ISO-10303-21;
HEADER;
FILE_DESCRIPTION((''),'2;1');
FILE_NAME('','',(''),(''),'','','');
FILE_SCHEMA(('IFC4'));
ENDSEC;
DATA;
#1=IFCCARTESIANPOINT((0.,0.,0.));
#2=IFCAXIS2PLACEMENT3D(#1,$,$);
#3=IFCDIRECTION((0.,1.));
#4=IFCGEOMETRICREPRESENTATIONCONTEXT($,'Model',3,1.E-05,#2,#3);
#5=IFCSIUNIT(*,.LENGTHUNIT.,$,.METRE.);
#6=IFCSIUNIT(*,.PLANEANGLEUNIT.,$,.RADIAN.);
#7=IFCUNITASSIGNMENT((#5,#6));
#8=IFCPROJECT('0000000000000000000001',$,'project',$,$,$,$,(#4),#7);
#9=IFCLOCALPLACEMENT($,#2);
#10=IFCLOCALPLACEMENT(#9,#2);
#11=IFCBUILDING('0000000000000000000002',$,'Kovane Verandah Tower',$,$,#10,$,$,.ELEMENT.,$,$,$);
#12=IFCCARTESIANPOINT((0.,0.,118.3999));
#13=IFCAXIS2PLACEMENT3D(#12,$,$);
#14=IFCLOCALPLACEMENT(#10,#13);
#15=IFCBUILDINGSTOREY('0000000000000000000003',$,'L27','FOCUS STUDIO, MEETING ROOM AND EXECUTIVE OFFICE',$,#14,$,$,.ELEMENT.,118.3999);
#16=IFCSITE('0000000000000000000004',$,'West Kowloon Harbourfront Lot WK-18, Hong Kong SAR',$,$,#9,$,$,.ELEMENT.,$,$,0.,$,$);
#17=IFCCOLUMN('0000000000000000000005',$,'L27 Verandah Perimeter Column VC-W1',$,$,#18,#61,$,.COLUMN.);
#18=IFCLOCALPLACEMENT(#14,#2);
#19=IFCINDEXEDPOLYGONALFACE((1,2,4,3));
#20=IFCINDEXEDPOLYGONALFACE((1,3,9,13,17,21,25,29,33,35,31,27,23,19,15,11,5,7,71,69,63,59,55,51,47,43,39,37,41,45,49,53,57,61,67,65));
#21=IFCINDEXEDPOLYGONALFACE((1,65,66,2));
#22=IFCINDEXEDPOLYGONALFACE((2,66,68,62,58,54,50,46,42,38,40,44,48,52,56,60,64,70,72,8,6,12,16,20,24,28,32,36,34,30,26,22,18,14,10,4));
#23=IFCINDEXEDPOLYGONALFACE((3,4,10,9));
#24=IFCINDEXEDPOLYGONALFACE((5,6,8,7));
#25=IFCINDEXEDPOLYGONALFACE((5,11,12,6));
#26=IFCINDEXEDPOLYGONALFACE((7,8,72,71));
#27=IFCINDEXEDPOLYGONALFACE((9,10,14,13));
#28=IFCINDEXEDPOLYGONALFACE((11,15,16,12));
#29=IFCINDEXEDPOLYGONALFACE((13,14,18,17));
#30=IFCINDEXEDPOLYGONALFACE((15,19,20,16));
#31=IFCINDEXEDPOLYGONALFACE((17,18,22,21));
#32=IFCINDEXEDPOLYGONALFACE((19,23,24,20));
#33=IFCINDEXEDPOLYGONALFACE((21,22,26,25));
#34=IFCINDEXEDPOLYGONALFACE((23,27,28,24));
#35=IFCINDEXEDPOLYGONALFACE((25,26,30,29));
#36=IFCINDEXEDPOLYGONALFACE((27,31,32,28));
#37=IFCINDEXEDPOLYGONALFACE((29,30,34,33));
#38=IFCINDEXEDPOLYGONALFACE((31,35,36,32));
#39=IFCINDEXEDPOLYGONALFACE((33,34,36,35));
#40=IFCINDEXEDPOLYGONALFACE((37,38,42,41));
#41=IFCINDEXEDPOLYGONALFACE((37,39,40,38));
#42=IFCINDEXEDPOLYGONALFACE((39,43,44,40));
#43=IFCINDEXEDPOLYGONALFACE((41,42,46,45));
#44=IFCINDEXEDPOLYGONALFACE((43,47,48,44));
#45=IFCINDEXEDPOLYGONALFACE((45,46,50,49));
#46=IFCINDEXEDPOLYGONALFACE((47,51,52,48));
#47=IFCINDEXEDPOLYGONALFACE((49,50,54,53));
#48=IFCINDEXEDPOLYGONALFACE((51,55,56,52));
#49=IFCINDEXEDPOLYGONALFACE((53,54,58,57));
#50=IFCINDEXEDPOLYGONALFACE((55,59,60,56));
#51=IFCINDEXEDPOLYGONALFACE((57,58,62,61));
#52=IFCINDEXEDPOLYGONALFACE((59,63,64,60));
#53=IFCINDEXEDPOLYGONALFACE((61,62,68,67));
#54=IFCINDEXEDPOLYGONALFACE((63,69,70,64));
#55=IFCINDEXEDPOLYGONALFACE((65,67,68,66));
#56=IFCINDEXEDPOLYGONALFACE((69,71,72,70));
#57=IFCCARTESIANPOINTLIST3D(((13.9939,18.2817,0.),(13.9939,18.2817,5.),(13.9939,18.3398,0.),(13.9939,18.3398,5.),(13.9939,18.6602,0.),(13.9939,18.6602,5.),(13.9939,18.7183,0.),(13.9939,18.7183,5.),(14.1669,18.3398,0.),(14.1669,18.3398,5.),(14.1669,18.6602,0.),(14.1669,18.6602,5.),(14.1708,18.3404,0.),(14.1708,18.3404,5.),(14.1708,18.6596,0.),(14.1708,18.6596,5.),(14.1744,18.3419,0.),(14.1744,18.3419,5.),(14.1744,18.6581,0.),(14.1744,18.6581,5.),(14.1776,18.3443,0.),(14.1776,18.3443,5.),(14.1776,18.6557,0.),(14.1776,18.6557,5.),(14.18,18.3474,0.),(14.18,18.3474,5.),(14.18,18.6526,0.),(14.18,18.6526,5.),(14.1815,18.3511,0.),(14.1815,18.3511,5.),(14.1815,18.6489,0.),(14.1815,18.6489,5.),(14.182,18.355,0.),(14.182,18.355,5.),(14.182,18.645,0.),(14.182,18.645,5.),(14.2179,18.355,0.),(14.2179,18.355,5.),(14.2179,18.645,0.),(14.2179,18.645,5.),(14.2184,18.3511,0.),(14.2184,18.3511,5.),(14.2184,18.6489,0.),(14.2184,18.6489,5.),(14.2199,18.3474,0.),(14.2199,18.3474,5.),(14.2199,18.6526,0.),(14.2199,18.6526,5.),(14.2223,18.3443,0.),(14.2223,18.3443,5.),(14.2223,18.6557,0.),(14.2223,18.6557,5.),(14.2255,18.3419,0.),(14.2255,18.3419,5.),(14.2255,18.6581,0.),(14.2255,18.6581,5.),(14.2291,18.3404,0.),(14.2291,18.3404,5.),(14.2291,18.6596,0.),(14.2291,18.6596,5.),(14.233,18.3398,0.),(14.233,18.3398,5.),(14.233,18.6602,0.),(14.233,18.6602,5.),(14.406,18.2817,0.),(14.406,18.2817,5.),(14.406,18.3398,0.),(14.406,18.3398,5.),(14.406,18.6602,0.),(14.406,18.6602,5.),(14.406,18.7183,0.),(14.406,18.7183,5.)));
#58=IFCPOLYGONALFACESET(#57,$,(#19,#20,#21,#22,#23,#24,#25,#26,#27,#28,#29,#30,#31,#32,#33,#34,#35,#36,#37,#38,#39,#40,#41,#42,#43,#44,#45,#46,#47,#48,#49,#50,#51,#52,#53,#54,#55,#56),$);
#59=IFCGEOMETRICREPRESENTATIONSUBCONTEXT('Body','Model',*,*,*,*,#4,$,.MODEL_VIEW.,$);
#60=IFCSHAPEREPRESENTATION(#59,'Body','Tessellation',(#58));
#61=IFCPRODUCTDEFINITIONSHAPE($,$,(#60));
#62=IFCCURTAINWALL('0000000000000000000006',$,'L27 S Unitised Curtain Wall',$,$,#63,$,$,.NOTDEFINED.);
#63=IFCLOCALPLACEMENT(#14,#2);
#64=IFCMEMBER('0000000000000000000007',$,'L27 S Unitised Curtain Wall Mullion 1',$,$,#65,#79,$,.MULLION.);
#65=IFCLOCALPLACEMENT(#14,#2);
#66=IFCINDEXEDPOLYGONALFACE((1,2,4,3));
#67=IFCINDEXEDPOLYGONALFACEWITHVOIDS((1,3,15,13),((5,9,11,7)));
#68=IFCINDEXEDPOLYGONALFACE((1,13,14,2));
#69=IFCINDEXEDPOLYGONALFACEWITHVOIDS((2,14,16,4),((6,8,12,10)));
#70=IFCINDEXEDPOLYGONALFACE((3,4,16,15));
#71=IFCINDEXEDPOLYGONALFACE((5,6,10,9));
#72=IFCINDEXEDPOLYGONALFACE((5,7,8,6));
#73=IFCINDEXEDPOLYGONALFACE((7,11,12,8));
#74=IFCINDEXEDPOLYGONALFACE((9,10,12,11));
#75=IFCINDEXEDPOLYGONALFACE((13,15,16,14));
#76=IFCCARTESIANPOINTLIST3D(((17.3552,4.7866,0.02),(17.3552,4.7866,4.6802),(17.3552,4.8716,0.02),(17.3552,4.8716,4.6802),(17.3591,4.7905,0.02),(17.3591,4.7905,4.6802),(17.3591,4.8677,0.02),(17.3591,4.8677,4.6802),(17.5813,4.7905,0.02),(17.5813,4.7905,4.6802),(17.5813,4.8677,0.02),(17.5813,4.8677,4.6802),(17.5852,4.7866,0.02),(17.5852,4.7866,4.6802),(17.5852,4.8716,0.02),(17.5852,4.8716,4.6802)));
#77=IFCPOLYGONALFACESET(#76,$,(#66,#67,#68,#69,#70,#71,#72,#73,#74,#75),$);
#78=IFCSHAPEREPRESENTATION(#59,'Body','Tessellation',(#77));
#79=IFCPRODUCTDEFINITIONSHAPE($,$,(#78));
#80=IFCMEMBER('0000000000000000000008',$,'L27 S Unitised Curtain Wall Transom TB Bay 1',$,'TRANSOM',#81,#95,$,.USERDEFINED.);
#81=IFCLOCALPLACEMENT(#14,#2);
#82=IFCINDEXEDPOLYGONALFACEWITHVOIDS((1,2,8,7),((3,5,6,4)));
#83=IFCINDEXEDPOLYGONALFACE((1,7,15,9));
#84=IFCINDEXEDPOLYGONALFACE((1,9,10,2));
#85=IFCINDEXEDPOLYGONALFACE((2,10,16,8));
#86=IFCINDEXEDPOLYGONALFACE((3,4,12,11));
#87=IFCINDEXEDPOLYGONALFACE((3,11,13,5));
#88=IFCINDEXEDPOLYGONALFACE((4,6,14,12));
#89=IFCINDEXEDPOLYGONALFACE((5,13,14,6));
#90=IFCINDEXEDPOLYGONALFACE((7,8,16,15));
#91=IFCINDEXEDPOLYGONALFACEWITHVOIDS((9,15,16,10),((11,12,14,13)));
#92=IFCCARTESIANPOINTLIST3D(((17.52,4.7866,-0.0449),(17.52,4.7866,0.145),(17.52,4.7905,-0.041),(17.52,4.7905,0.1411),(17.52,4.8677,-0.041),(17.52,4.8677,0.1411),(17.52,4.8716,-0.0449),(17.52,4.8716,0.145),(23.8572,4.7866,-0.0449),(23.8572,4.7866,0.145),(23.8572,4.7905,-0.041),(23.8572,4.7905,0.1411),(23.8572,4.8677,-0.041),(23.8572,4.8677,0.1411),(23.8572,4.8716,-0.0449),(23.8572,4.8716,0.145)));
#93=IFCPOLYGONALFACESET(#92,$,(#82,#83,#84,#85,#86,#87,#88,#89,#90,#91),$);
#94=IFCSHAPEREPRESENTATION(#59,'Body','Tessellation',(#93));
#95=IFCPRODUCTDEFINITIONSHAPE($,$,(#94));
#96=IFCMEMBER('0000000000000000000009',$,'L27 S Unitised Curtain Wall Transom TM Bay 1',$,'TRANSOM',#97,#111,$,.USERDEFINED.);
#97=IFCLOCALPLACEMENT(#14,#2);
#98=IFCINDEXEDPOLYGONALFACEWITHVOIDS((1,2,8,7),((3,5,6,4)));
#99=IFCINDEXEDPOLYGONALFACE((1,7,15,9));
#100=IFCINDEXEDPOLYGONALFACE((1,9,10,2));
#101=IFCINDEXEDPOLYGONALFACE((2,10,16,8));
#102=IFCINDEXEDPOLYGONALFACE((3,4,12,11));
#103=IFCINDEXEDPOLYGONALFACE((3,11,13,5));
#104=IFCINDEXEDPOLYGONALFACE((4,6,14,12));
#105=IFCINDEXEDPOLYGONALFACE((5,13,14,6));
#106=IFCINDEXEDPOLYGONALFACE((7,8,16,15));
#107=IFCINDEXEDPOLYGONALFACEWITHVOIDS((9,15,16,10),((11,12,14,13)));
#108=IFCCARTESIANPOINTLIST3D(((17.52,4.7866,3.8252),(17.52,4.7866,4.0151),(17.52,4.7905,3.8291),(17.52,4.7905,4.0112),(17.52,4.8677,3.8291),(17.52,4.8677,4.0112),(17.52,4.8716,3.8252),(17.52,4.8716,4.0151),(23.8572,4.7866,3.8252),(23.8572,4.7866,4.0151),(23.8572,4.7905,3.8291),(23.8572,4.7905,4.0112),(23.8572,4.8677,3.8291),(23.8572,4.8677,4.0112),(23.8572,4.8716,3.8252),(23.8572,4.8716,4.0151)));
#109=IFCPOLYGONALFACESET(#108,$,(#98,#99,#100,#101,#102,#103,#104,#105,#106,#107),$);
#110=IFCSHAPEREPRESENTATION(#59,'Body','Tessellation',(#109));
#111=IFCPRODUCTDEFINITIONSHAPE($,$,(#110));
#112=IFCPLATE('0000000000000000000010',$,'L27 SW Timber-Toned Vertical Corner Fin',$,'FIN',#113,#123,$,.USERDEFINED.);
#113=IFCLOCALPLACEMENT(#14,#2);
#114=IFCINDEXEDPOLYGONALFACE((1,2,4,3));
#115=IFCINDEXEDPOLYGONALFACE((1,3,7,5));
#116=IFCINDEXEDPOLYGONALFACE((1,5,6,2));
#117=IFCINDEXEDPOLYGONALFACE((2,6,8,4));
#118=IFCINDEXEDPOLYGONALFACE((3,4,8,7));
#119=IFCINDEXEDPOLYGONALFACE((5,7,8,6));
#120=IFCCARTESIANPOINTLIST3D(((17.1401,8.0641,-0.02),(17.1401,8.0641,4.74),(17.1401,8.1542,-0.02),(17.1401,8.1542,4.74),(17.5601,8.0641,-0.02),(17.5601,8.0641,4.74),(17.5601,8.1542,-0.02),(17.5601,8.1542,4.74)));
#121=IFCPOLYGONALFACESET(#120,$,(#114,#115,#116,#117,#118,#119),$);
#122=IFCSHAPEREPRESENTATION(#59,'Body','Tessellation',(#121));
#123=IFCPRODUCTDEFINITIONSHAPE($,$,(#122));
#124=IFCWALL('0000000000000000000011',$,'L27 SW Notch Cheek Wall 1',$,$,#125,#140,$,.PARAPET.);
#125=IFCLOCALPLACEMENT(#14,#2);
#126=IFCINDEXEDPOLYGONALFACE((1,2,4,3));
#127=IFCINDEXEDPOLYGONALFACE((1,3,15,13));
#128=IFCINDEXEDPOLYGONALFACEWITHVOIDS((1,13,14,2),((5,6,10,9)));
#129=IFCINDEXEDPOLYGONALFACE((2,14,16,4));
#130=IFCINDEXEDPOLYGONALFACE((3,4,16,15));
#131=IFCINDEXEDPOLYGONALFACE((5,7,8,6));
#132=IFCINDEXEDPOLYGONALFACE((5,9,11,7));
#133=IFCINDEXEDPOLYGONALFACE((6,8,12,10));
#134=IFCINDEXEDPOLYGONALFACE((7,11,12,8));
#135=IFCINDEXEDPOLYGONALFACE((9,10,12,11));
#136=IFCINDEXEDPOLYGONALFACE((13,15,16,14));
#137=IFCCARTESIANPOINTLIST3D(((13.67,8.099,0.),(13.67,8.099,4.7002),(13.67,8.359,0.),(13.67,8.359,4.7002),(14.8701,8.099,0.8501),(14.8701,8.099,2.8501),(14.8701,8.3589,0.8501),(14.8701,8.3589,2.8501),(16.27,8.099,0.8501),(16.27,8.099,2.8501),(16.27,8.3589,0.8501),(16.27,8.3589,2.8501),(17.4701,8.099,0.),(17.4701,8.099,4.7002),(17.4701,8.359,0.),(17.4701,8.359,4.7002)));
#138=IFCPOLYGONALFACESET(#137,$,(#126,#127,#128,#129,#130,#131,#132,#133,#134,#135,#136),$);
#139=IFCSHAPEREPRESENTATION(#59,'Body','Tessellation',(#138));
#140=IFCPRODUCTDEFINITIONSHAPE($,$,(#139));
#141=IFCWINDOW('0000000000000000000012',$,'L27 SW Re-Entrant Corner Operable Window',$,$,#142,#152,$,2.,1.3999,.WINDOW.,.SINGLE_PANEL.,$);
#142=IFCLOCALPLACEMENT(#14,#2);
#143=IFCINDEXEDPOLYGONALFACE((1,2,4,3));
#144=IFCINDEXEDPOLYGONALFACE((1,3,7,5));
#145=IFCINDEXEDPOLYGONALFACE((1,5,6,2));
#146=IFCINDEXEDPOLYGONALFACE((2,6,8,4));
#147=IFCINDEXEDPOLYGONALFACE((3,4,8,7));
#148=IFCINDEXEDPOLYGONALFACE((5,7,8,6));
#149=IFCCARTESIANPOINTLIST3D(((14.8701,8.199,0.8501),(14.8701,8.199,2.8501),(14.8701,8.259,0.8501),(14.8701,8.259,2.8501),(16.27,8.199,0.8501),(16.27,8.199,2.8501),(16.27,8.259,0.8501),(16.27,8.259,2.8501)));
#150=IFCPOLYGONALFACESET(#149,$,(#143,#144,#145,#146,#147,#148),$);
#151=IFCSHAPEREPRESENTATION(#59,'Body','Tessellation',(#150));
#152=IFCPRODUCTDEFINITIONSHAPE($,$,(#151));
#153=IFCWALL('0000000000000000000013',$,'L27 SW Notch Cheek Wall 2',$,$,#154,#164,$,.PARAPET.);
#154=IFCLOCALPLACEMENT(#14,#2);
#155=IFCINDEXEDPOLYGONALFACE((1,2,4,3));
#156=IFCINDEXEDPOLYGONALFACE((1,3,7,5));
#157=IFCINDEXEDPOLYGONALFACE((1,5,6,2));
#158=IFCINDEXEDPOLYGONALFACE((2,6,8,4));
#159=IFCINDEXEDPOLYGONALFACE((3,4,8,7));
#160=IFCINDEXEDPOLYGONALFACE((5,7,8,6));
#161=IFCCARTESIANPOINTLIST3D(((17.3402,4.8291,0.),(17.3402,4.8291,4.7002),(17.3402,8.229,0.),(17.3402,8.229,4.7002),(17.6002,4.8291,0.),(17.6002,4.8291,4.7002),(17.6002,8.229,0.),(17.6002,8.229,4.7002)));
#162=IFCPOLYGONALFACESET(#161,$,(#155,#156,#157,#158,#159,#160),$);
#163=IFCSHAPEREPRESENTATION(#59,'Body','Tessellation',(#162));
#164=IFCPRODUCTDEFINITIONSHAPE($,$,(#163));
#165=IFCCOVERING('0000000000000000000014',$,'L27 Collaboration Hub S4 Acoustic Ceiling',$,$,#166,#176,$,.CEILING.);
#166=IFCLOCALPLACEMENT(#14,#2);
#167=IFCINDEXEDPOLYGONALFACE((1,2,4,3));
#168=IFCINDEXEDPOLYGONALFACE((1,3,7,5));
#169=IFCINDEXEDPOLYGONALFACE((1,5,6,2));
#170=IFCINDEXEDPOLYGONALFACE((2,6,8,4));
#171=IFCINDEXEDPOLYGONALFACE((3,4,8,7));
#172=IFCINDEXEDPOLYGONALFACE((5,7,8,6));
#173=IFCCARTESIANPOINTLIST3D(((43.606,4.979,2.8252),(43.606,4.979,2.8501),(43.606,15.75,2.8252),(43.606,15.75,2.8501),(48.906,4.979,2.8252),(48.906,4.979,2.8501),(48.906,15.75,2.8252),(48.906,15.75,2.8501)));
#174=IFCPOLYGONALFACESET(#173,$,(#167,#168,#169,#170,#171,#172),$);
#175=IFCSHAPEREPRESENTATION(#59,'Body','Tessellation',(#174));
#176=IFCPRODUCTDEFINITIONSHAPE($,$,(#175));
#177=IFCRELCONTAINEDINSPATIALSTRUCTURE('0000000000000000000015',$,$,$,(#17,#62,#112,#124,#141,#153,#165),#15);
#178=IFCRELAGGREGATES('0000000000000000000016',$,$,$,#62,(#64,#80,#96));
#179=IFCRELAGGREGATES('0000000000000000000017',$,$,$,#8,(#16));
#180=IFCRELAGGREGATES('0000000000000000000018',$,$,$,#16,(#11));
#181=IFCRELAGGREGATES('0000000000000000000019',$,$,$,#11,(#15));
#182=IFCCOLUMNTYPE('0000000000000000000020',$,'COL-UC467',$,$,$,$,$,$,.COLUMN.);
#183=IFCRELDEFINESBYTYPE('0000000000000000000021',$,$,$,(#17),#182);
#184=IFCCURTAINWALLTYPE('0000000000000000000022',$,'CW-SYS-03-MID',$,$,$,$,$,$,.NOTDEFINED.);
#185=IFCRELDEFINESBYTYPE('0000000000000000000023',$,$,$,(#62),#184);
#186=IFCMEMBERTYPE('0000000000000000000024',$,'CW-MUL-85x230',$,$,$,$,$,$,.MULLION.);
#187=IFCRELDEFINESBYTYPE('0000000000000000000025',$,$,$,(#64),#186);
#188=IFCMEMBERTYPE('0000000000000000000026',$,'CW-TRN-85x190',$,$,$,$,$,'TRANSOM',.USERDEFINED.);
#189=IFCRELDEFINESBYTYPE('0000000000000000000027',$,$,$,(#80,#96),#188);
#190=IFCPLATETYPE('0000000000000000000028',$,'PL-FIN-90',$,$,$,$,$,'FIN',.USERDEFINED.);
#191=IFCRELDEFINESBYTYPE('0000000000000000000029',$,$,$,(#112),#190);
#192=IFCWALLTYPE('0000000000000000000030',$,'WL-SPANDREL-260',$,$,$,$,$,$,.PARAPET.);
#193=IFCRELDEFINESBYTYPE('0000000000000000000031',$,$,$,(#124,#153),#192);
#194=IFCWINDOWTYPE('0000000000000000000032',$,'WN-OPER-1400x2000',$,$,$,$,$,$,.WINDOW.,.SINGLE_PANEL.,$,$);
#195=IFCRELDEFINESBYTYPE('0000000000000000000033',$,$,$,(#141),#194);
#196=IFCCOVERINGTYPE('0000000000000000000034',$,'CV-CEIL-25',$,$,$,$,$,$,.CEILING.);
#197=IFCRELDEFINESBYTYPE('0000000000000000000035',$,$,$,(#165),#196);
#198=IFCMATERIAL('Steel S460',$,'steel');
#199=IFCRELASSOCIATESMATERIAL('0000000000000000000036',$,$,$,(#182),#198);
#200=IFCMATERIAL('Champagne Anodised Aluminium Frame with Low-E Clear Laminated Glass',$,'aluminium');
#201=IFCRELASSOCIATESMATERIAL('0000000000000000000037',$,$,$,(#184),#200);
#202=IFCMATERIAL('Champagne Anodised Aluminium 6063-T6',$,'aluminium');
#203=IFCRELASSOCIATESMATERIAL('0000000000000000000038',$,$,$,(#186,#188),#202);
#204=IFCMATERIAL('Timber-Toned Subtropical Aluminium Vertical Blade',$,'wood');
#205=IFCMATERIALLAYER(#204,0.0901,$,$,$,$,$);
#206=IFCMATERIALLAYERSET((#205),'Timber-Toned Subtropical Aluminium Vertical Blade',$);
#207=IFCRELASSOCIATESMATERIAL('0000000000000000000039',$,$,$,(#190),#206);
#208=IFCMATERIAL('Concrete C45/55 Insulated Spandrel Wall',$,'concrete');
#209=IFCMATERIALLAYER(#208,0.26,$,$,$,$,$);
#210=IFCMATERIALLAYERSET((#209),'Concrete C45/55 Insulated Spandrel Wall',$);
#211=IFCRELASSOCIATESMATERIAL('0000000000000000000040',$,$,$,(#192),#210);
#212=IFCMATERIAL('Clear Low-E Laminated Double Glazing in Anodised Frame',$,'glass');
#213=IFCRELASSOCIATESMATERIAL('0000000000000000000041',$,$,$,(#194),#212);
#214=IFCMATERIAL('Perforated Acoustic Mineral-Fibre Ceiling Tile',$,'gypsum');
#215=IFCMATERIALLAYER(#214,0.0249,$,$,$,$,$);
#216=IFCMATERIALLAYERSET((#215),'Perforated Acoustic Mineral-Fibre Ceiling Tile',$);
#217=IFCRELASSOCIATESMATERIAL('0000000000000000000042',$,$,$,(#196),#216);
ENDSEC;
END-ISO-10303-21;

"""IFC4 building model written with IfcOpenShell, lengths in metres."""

from ifc_helpers import new_model, si_unit, direction, frame, frame_2d, origin, origin_2d, place, context, subcontext, project, spatial, polyline, rectangle, hollow_rectangle, i_section, outline, extrude, material, layer, layer_set, material_profile, profile_set, type_object, element, fill, aggregate, save


model = new_model("IFC4")

# Units and contexts
model_context = context("Model", 3, precision=1e-05, world=origin(), true_north=direction((0.0, 1.0)))
body_context = subcontext(model_context, "Body", "Model", "MODEL_VIEW")
ifc_project = project(units=[si_unit("LENGTHUNIT", "METRE"), si_unit("PLANEANGLEUNIT", "RADIAN")], contexts=[model_context])

# Site, building, storey
site_placement = place(None, origin())
site = spatial("IfcSite", under=ifc_project, at=site_placement, Name="West Kowloon Harbourfront Lot WK-18, Hong Kong SAR", CompositionType="ELEMENT", RefElevation=0.0)
building_placement = place(site_placement, origin())
building = spatial("IfcBuilding", under=site, at=building_placement, Name="Kovane Verandah Tower", CompositionType="ELEMENT")
storey_placement = place(building_placement, frame((0.0, 0.0, 118.3999)))
storey = spatial("IfcBuildingStorey", under=building, at=storey_placement, Name="L27", Description="FOCUS STUDIO, MEETING ROOM AND EXECUTIVE OFFICE", CompositionType="ELEMENT", Elevation=118.3999)

# Column
ifc_material_1 = material(Name="Steel S460", Category="steel")
ifc_material_profile_1 = material_profile(ifc_material_1, i_section(OverallWidth=0.4121, OverallDepth=0.4365, WebThickness=0.0359, FlangeThickness=0.0581, FilletRadius=0.0151, at=origin_2d()), Name="UC356x406x467")
ifc_profile_set_1 = profile_set([ifc_material_profile_1], Name="Steel S460")
column_type = type_object("IfcColumnType", Name="COL-UC467", PredefinedType="COLUMN", material=ifc_profile_set_1)
column_placement = place(storey_placement, frame((14.2, 18.5, 0.0), z_axis=(0.0, 0.0, 1.0), x_axis=(1.0, 0.0, 0.0)))
element("IfcColumn", 1, at=column_placement, inside=storey, type_object=column_type, Name="L27 Verandah Perimeter Column VC-W1", PredefinedType="COLUMN", context=body_context, shape_type="SweptSolid", body=[
    extrude(i_section(OverallWidth=0.4121, OverallDepth=0.4365, WebThickness=0.0359, FlangeThickness=0.0581, FilletRadius=0.0151, at=origin_2d()), origin(), (0.0, 0.0, 1.0), 5.0),
])

# Curtain wall, members
ifc_material_2 = material(Name="Champagne Anodised Aluminium Frame with Low-E Clear Laminated Glass", Category="aluminium")
curtain_wall_type = type_object("IfcCurtainWallType", Name="CW-SYS-03-MID", PredefinedType="NOTDEFINED", material=ifc_material_2)
curtain_wall_placement = place(storey_placement, origin())
curtain_wall = element("IfcCurtainWall", 2, at=curtain_wall_placement, inside=storey, type_object=curtain_wall_type, Name="L27 S Unitised Curtain Wall", PredefinedType="NOTDEFINED")
ifc_material_3 = material(Name="Champagne Anodised Aluminium 6063-T6", Category="aluminium")
ifc_material_profile_2 = material_profile(ifc_material_3, hollow_rectangle(XDim=0.085, YDim=0.23, WallThickness=0.0039, at=origin_2d()), Name="AL85x230x4")
ifc_profile_set_2 = profile_set([ifc_material_profile_2], Name="Champagne Anodised Aluminium 6063-T6")
member_type_1 = type_object("IfcMemberType", Name="CW-MUL-85x230", PredefinedType="MULLION", material=ifc_profile_set_2)
member_1_placement = place(storey_placement, frame((17.4702, 4.8291, 0.02), z_axis=(0.0, 0.0, 1.0), x_axis=(0.0, -1.0, 0.0)))
member_1 = element("IfcMember", 3, at=member_1_placement, type_object=member_type_1, Name="L27 S Unitised Curtain Wall Mullion 1", PredefinedType="MULLION", context=body_context, shape_type="SweptSolid", body=[
    extrude(hollow_rectangle(XDim=0.085, YDim=0.23, WallThickness=0.0039, at=origin_2d()), origin(), (0.0, 0.0, 1.0), 4.6602),
])
ifc_material_profile_3 = material_profile(ifc_material_3, hollow_rectangle(XDim=0.085, YDim=0.1899, WallThickness=0.0039, at=origin_2d()), Name="AL85x190x4")
ifc_profile_set_3 = profile_set([ifc_material_profile_3], Name="Champagne Anodised Aluminium 6063-T6")
member_type_2 = type_object("IfcMemberType", Name="CW-TRN-85x190", ElementType="TRANSOM", PredefinedType="USERDEFINED", material=ifc_profile_set_3)
member_2_placement = place(storey_placement, frame((17.52, 4.8291, 0.05), z_axis=(1.0, 0.0, 0.0), x_axis=(0.0, 1.0, 0.0)))
member_2 = element("IfcMember", 4, at=member_2_placement, type_object=member_type_2, Name="L27 S Unitised Curtain Wall Transom TB Bay 1", ObjectType="TRANSOM", PredefinedType="USERDEFINED", context=body_context, shape_type="SweptSolid", body=[
    extrude(hollow_rectangle(XDim=0.085, YDim=0.1899, WallThickness=0.0039, at=origin_2d()), origin(), (0.0, 0.0, 1.0), 6.3372),
])
member_3_placement = place(storey_placement, frame((17.52, 4.8291, 3.9202), z_axis=(1.0, 0.0, 0.0), x_axis=(0.0, 1.0, 0.0)))
member_3 = element("IfcMember", 5, at=member_3_placement, type_object=member_type_2, Name="L27 S Unitised Curtain Wall Transom TM Bay 1", ObjectType="TRANSOM", PredefinedType="USERDEFINED", context=body_context, shape_type="SweptSolid", body=[
    extrude(hollow_rectangle(XDim=0.085, YDim=0.1899, WallThickness=0.0039, at=origin_2d()), origin(), (0.0, 0.0, 1.0), 6.3372),
])
aggregate(curtain_wall, [member_1, member_2, member_3])

# Plate
ifc_material_4 = material(Name="Timber-Toned Subtropical Aluminium Vertical Blade", Category="wood")
ifc_layer_1 = layer(ifc_material_4, 0.0901)
ifc_layer_set_1 = layer_set([ifc_layer_1], Name="Timber-Toned Subtropical Aluminium Vertical Blade")
plate_type = type_object("IfcPlateType", Name="PL-FIN-90", ElementType="FIN", PredefinedType="USERDEFINED", material=ifc_layer_set_1)
plate_placement = place(storey_placement, frame((17.3501, 8.1091, -0.02), z_axis=(0.0, 0.0, 1.0), x_axis=(1.0, 0.0, 0.0)))
element("IfcPlate", 6, at=plate_placement, inside=storey, type_object=plate_type, Name="L27 SW Timber-Toned Vertical Corner Fin", ObjectType="FIN", PredefinedType="USERDEFINED", context=body_context, shape_type="SweptSolid", body=[
    extrude(rectangle(XDim=0.4199, YDim=0.0901, at=origin_2d()), origin(), (0.0, 0.0, 1.0), 4.76),
])

# Wall, opening, window
ifc_material_5 = material(Name="Concrete C45/55 Insulated Spandrel Wall", Category="concrete")
ifc_layer_2 = layer(ifc_material_5, 0.26)
ifc_layer_set_2 = layer_set([ifc_layer_2], Name="Concrete C45/55 Insulated Spandrel Wall")
wall_type = type_object("IfcWallType", Name="WL-SPANDREL-260", PredefinedType="PARAPET", material=ifc_layer_set_2)
wall_1_placement = place(storey_placement, frame((13.6702, 8.229, 0.0), z_axis=(0.0, 0.0, 1.0), x_axis=(1.0, 0.0, 0.0)))
wall_1 = element("IfcWall", 7, at=wall_1_placement, inside=storey, type_object=wall_type, Name="L27 SW Notch Cheek Wall 1", PredefinedType="PARAPET", context=body_context, shape_type="SweptSolid", body=[
    extrude(rectangle(XDim=3.8, YDim=0.26, at=frame_2d((1.8999, 0.0))), origin(), (0.0, 0.0, 1.0), 4.7002),
])
opening_placement = place(wall_1_placement, frame((1.2, 0.0, 0.8501)))
opening = element("IfcOpeningElement", 8, at=opening_placement, cuts=wall_1, PredefinedType="OPENING", context=body_context, shape_type="SweptSolid", body=[
    extrude(rectangle(XDim=1.3999, YDim=2.0, at=frame_2d((0.7, 1.0))), frame((0.0, 0.1299, 0.0), z_axis=(0.0, -1.0, 0.0), x_axis=(1.0, 0.0, 0.0)), (0.0, 0.0, 1.0), 0.26),
])
ifc_material_6 = material(Name="Clear Low-E Laminated Double Glazing in Anodised Frame", Category="glass")
window_type = type_object("IfcWindowType", Name="WN-OPER-1400x2000", PartitioningType="SINGLE_PANEL", PredefinedType="WINDOW", material=ifc_material_6)
window_placement = place(opening_placement, origin())
window = element("IfcWindow", 9, at=window_placement, inside=storey, type_object=window_type, Name="L27 SW Re-Entrant Corner Operable Window", OverallHeight=2.0, OverallWidth=1.3999, PartitioningType="SINGLE_PANEL", PredefinedType="WINDOW", context=body_context, shape_type="SweptSolid", body=[
    extrude(rectangle(XDim=1.3999, YDim=2.0, at=frame_2d((0.7, 1.0))), frame((0.0, 0.03, 0.0), z_axis=(0.0, -1.0, 0.0), x_axis=(1.0, 0.0, 0.0)), (0.0, 0.0, 1.0), 0.0601),
])
fill(opening, window)

# Wall
wall_2_placement = place(storey_placement, frame((17.4702, 8.229, 0.0), z_axis=(0.0, 0.0, 1.0), x_axis=(0.0, -1.0, 0.0)))
element("IfcWall", 10, at=wall_2_placement, inside=storey, type_object=wall_type, Name="L27 SW Notch Cheek Wall 2", PredefinedType="PARAPET", context=body_context, shape_type="SweptSolid", body=[
    extrude(rectangle(XDim=3.3999, YDim=0.26, at=frame_2d((1.7, 0.0))), origin(), (0.0, 0.0, 1.0), 4.7002),
])

# Covering
ifc_material_7 = material(Name="Perforated Acoustic Mineral-Fibre Ceiling Tile", Category="gypsum")
ifc_layer_3 = layer(ifc_material_7, 0.0249)
ifc_layer_set_3 = layer_set([ifc_layer_3], Name="Perforated Acoustic Mineral-Fibre Ceiling Tile")
covering_type_1 = type_object("IfcCoveringType", Name="CV-CEIL-25", PredefinedType="CEILING", material=ifc_layer_set_3)
covering_1_placement = place(storey_placement, frame((0.0, 0.0, 2.8252)))
element("IfcCovering", 11, at=covering_1_placement, inside=storey, type_object=covering_type_1, Name="L27 Collaboration Hub S4 Acoustic Ceiling", PredefinedType="CEILING", context=body_context, shape_type="SweptSolid", body=[
    extrude(outline(polyline([(43.606, 4.979), (48.906, 4.979), (48.906, 15.75), (43.606, 15.75), (43.606, 4.979)])), origin(), (0.0, 0.0, 1.0), 0.0249),
])

save(model, "model.ifc")
